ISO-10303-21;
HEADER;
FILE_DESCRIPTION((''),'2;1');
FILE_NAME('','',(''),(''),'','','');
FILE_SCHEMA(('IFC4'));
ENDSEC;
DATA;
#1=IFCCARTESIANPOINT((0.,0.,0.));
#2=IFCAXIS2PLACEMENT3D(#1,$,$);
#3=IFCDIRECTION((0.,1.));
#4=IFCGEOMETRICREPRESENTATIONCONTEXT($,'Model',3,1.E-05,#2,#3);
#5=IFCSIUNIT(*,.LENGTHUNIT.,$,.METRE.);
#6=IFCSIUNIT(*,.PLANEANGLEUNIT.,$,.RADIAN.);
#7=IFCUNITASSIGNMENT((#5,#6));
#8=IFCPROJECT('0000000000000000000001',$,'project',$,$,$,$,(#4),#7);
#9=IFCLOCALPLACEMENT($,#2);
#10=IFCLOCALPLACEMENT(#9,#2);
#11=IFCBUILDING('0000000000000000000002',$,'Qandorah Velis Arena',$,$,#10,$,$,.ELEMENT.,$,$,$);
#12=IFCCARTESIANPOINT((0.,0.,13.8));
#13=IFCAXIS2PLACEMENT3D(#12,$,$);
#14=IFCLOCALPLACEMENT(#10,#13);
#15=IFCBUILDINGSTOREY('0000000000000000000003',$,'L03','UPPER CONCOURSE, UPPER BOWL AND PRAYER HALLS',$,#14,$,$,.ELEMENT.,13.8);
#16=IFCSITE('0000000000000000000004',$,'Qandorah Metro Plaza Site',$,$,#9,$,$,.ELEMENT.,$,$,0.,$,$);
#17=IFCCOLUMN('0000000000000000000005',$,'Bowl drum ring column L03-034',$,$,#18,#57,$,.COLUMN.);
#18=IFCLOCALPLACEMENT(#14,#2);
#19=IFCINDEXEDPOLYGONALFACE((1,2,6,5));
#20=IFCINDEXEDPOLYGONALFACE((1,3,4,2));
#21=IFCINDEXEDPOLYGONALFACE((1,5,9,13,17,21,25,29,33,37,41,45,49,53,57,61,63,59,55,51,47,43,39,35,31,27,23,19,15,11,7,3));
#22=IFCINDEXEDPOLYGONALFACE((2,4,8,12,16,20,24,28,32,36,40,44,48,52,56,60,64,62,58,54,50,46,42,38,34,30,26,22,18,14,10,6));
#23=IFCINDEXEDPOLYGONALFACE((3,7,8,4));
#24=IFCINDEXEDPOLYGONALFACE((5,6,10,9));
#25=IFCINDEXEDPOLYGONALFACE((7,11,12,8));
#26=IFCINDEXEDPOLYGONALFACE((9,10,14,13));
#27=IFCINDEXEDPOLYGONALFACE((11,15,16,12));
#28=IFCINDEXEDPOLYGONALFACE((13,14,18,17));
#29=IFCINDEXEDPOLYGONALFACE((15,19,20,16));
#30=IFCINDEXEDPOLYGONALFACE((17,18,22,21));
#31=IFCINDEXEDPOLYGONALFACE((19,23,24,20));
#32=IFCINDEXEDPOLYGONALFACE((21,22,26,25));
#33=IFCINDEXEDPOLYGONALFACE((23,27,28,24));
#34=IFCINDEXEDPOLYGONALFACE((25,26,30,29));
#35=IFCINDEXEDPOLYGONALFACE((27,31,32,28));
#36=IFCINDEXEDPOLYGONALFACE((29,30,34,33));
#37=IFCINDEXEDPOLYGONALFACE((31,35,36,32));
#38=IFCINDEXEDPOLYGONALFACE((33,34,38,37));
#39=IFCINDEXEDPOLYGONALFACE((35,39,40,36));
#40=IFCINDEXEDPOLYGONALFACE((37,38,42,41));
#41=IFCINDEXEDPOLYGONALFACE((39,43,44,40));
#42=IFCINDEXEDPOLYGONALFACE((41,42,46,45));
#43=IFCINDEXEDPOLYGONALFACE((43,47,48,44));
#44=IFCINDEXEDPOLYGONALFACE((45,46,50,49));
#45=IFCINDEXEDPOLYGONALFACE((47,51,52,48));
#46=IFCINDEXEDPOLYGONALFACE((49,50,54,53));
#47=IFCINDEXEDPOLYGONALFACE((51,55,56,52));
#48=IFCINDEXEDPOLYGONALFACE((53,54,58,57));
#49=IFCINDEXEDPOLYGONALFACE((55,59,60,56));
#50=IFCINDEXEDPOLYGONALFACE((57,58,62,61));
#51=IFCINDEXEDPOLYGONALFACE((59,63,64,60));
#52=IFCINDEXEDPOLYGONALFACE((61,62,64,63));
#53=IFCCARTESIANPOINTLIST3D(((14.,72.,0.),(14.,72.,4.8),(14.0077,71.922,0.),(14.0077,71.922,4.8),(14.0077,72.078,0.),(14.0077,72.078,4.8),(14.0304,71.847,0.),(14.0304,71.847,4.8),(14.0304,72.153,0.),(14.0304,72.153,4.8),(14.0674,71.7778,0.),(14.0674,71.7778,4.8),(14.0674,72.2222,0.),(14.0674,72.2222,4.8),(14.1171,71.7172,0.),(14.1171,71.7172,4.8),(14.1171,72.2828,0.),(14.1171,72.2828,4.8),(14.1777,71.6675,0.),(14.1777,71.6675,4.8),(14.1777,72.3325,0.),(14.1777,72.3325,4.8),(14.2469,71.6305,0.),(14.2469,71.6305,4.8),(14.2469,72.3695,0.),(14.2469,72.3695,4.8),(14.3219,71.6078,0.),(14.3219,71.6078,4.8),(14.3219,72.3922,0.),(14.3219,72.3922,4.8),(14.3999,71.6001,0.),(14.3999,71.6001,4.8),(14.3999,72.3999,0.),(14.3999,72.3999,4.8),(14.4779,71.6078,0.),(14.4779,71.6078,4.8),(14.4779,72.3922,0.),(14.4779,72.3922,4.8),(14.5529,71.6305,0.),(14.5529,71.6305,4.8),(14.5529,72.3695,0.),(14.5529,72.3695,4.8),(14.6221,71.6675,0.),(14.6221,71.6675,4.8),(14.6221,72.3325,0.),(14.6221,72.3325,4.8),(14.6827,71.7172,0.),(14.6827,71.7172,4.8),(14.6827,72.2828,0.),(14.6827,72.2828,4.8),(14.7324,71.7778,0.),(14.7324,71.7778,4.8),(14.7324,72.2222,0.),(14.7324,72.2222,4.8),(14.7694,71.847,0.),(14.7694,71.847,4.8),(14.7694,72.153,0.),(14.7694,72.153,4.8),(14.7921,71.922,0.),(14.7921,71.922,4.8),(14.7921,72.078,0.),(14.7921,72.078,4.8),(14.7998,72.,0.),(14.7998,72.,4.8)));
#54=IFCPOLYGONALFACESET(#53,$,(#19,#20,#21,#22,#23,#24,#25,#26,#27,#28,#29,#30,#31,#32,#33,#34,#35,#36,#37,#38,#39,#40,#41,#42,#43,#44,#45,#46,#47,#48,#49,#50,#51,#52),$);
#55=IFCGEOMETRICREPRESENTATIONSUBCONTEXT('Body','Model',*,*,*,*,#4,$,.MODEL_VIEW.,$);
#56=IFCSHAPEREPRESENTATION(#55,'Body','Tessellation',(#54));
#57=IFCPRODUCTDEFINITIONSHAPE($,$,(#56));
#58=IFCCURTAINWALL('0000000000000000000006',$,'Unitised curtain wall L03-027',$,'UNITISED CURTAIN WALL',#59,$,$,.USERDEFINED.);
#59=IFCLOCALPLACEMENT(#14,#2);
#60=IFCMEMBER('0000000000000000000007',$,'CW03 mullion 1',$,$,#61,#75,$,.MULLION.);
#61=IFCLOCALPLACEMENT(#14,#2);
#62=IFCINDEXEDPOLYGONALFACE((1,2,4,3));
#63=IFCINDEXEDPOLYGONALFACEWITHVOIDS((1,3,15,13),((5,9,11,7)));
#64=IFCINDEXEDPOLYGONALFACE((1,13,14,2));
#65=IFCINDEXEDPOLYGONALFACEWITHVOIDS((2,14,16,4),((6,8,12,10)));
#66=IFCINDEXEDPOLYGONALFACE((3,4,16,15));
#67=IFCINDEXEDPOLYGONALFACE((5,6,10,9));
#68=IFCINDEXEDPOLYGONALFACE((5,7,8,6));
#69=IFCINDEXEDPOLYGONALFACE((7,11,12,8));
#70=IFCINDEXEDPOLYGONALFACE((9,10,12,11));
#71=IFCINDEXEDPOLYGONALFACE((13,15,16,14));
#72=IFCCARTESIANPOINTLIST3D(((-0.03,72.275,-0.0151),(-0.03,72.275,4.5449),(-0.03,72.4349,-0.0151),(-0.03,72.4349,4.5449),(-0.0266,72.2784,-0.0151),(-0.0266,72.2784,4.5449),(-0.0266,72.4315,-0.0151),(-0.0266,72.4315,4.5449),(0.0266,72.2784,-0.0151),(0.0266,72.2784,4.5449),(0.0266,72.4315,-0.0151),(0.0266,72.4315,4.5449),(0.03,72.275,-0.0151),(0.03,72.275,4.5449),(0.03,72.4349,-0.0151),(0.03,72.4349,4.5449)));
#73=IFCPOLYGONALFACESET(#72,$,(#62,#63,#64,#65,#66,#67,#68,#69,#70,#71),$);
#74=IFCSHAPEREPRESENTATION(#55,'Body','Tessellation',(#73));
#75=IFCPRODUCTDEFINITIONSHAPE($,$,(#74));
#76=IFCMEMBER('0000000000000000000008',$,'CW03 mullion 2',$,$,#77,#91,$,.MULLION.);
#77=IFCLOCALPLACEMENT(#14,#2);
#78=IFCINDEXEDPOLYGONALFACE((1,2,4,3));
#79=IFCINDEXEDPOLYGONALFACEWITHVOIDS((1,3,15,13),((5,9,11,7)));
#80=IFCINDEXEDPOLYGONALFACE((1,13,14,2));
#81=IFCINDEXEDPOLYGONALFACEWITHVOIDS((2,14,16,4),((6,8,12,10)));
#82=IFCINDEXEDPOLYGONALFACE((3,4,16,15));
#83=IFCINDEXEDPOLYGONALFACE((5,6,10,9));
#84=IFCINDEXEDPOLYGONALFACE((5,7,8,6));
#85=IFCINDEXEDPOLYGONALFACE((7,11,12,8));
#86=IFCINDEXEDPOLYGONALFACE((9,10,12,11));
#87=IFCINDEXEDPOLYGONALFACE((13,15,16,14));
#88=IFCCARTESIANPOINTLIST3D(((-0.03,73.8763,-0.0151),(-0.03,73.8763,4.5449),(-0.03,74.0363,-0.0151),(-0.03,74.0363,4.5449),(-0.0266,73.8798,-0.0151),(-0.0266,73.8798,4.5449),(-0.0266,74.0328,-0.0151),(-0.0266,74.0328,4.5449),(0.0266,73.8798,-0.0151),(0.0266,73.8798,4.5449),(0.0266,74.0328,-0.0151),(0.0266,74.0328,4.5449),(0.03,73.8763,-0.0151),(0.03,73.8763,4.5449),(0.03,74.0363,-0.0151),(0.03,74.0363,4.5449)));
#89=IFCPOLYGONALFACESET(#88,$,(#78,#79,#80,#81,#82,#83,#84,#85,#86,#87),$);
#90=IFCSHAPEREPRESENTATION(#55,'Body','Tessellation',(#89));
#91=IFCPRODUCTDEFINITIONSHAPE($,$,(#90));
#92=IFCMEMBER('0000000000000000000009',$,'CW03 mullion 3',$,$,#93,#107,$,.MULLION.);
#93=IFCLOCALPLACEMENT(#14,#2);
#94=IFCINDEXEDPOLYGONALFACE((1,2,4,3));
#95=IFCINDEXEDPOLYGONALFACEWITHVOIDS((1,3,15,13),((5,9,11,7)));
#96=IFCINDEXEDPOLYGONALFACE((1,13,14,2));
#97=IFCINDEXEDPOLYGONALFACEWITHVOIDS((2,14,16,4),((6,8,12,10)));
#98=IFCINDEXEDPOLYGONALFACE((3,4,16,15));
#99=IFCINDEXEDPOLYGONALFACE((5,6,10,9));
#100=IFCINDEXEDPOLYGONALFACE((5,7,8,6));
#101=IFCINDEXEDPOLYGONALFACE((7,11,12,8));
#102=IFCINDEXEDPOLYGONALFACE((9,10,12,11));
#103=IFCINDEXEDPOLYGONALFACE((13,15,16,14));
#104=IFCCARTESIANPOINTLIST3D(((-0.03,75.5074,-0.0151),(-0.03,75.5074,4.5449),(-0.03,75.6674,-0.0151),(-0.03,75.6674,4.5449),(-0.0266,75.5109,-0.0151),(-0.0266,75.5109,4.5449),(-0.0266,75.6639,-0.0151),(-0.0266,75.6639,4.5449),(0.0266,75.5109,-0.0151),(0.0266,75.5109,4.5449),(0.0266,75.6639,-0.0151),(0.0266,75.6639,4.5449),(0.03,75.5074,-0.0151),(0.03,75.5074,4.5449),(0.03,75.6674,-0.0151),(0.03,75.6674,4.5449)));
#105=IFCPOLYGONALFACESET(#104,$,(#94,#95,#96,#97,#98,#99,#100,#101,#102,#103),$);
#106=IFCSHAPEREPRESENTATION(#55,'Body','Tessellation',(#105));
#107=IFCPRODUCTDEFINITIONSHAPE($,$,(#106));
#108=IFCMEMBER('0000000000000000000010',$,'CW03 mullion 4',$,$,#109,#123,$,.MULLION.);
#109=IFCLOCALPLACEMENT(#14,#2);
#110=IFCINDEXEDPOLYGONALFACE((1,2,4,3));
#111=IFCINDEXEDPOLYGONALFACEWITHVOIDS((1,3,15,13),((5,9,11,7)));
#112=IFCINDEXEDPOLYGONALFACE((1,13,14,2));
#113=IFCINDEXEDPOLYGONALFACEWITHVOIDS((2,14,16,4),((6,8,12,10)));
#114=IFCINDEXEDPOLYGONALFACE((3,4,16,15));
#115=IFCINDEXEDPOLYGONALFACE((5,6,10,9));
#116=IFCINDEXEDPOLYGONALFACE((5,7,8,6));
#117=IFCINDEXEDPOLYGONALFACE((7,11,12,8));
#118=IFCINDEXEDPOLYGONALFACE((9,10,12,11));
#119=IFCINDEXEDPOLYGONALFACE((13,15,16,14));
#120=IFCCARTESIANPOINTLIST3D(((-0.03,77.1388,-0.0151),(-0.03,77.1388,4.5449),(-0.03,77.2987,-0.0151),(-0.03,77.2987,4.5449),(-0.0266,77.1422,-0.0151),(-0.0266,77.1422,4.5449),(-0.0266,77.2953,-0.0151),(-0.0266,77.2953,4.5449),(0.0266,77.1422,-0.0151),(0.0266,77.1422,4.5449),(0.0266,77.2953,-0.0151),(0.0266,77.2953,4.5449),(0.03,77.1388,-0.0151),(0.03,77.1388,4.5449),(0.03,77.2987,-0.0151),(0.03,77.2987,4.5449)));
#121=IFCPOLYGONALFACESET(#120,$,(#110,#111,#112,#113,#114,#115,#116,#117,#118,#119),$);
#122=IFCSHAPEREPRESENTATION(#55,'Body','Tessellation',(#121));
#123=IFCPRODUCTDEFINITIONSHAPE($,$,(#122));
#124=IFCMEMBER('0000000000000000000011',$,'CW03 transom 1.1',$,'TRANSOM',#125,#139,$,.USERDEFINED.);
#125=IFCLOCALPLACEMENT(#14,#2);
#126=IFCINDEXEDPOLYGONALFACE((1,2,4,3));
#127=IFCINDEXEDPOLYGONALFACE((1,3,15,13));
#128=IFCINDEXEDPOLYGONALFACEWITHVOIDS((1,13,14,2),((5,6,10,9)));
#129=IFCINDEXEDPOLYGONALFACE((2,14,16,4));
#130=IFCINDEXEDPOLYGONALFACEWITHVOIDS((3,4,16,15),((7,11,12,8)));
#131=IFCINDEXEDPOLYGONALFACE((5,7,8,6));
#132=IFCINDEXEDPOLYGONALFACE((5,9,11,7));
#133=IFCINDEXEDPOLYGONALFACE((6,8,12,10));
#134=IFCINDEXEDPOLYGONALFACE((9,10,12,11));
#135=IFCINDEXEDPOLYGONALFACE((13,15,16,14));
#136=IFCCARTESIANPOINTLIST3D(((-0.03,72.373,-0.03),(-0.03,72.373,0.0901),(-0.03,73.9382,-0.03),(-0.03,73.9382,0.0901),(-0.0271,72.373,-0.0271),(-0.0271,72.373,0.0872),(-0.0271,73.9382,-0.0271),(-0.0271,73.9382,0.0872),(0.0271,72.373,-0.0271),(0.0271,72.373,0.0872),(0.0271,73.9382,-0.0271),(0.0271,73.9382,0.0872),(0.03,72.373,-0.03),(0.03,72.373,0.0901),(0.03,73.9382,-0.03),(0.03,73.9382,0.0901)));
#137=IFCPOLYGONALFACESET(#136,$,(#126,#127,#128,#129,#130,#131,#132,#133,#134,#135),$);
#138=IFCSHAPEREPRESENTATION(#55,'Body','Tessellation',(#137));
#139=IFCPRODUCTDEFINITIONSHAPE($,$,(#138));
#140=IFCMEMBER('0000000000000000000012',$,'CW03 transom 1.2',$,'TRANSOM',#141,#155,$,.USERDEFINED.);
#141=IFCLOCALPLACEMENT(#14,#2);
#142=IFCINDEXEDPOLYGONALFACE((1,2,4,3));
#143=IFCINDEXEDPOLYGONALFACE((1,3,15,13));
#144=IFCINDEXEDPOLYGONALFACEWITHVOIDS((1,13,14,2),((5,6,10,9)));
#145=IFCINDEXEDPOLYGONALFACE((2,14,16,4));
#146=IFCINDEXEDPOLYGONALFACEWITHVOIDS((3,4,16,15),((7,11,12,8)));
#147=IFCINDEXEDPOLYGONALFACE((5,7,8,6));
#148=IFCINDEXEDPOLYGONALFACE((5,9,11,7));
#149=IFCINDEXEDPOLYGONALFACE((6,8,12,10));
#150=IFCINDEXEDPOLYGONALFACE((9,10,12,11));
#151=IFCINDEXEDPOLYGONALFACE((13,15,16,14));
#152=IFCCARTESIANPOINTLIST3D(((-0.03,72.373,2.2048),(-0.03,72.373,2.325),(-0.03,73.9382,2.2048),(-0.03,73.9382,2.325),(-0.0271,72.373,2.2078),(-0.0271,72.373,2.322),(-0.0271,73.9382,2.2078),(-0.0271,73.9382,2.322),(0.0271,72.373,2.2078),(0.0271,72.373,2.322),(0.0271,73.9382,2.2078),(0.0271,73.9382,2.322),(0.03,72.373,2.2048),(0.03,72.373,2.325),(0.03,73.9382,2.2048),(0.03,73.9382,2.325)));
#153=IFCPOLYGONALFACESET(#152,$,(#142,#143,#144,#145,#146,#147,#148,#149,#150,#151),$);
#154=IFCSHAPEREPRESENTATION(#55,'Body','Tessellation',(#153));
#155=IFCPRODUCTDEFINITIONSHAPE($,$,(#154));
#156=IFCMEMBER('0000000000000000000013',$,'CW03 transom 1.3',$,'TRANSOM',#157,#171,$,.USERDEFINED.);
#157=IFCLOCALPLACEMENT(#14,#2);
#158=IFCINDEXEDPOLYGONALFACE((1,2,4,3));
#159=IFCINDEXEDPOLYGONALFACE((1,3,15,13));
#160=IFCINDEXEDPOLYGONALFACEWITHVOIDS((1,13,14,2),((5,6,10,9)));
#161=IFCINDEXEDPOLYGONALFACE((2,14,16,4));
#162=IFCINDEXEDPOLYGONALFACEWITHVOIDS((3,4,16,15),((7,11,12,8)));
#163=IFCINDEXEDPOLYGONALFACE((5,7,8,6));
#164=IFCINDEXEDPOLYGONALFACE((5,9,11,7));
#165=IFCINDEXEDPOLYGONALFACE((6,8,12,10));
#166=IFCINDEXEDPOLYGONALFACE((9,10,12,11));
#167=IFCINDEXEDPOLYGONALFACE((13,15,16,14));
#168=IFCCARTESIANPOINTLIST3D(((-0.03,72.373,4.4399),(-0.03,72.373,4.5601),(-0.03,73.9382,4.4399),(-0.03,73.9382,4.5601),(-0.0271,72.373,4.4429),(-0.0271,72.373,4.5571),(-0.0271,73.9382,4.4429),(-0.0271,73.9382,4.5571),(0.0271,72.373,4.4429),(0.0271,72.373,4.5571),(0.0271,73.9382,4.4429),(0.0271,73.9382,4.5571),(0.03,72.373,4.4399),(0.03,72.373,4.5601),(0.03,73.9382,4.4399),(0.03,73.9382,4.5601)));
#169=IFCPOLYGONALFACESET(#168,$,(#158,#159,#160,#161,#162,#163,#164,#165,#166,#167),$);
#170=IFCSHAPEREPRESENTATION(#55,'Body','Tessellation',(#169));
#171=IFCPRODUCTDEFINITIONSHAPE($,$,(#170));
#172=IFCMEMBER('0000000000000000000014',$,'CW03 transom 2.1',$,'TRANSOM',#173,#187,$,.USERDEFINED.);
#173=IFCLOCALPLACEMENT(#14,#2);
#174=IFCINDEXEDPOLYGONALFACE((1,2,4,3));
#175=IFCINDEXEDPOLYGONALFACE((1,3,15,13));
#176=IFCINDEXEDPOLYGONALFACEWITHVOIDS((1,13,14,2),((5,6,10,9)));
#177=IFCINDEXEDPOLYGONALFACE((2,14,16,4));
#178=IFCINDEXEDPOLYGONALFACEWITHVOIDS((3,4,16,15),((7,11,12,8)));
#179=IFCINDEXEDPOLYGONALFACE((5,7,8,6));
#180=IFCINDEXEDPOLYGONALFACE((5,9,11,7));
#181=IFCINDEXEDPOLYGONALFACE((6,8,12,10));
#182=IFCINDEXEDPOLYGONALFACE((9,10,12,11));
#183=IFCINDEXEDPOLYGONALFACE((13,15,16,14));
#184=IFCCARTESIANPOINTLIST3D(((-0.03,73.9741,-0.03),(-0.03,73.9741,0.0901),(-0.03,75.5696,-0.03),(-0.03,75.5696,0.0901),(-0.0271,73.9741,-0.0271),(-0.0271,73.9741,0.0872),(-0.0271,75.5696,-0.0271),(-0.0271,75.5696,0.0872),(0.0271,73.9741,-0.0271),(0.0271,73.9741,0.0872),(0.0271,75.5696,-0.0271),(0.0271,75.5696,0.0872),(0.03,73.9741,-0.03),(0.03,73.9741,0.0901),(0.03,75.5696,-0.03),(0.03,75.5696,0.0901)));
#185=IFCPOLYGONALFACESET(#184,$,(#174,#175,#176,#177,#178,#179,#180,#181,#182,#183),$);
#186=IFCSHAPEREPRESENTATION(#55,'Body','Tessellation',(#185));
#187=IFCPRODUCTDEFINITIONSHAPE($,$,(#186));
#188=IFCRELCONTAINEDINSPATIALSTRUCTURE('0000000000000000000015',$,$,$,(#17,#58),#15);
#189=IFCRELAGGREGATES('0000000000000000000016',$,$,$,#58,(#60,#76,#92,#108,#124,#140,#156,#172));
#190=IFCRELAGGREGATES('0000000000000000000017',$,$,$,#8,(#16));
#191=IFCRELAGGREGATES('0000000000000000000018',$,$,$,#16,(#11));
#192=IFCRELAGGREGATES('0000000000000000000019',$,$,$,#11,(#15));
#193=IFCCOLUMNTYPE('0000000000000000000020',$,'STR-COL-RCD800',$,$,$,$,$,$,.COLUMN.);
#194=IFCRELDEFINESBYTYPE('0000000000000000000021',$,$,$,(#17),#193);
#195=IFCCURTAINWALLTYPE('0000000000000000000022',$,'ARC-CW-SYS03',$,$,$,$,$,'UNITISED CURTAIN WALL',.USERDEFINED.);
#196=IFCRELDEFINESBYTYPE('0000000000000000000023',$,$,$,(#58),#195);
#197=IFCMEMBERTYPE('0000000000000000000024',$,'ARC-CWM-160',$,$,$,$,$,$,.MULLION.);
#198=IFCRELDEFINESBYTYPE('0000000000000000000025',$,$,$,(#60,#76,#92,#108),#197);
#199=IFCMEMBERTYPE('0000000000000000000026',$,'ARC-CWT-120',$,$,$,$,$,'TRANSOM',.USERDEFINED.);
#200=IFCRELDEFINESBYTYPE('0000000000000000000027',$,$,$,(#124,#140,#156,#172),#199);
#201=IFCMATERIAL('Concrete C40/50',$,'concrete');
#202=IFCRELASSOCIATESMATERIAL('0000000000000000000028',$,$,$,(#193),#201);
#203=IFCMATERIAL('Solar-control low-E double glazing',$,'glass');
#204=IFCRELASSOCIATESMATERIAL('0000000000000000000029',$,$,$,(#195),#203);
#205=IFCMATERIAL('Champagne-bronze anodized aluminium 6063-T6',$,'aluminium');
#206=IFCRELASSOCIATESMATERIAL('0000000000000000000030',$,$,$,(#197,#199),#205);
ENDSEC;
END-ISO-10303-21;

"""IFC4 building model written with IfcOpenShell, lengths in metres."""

from ifc_helpers import new_model, si_unit, direction, frame, origin, origin_2d, place, context, subcontext, project, spatial, hollow_rectangle, circle, extrude, material, material_profile, profile_set, type_object, element, aggregate, save


model = new_model("IFC4")

# Units and contexts
model_context = context("Model", 3, precision=1e-05, world=origin(), true_north=direction((0.0, 1.0)))
body_context = subcontext(model_context, "Body", "Model", "MODEL_VIEW")
ifc_project = project(units=[si_unit("LENGTHUNIT", "METRE"), si_unit("PLANEANGLEUNIT", "RADIAN")], contexts=[model_context])

# Site, building, storey
site_placement = place(None, origin())
site = spatial("IfcSite", under=ifc_project, at=site_placement, Name="Qandorah Metro Plaza Site", CompositionType="ELEMENT", RefElevation=0.0)
building_placement = place(site_placement, origin())
building = spatial("IfcBuilding", under=site, at=building_placement, Name="Qandorah Velis Arena", CompositionType="ELEMENT")
storey_placement = place(building_placement, frame((0.0, 0.0, 13.8)))
storey = spatial("IfcBuildingStorey", under=building, at=storey_placement, Name="L03", Description="UPPER CONCOURSE, UPPER BOWL AND PRAYER HALLS", CompositionType="ELEMENT", Elevation=13.8)

# Column
ifc_material_1 = material(Name="Concrete C40/50", Category="concrete")
ifc_material_profile_1 = material_profile(ifc_material_1, circle(Radius=0.3999, at=origin_2d()), Name="RC D800")
ifc_profile_set_1 = profile_set([ifc_material_profile_1], Name="Concrete C40/50")
column_type = type_object("IfcColumnType", Name="STR-COL-RCD800", PredefinedType="COLUMN", material=ifc_profile_set_1)
column_placement = place(storey_placement, frame((14.3999, 72.0, 0.0), z_axis=(0.0, 0.0, 1.0), x_axis=(1.0, 0.0, 0.0)))
element("IfcColumn", 1, at=column_placement, inside=storey, type_object=column_type, Name="Bowl drum ring column L03-034", PredefinedType="COLUMN", context=body_context, shape_type="SweptSolid", body=[
    extrude(circle(Radius=0.3999, at=origin_2d()), origin(), (0.0, 0.0, 1.0), 4.8),
])

# Curtain wall, members
ifc_material_2 = material(Name="Solar-control low-E double glazing", Category="glass")
curtain_wall_type = type_object("IfcCurtainWallType", Name="ARC-CW-SYS03", ElementType="UNITISED CURTAIN WALL", PredefinedType="USERDEFINED", material=ifc_material_2)
curtain_wall_placement = place(storey_placement, origin())
curtain_wall = element("IfcCurtainWall", 2, at=curtain_wall_placement, inside=storey, type_object=curtain_wall_type, Name="Unitised curtain wall L03-027", ObjectType="UNITISED CURTAIN WALL", PredefinedType="USERDEFINED")
ifc_material_3 = material(Name="Champagne-bronze anodized aluminium 6063-T6", Category="aluminium")
ifc_material_profile_2 = material_profile(ifc_material_3, hollow_rectangle(XDim=0.0601, YDim=0.1599, WallThickness=0.0034, at=origin_2d()), Name="ALU MULLION 60x160")
ifc_profile_set_2 = profile_set([ifc_material_profile_2], Name="Champagne-bronze anodized aluminium 6063-T6")
member_type_1 = type_object("IfcMemberType", Name="ARC-CWM-160", PredefinedType="MULLION", material=ifc_profile_set_2)
member_1_placement = place(storey_placement, frame((0.0, 72.355, -0.0151), z_axis=(0.0, 0.0, 1.0), x_axis=(-1.0, 0.0, 0.0)))
member_1 = element("IfcMember", 3, at=member_1_placement, type_object=member_type_1, Name="CW03 mullion 1", PredefinedType="MULLION", context=body_context, shape_type="SweptSolid", body=[
    extrude(hollow_rectangle(XDim=0.0601, YDim=0.1599, WallThickness=0.0034, at=origin_2d()), origin(), (0.0, 0.0, 1.0), 4.5601),
])
member_2_placement = place(storey_placement, frame((0.0, 73.9563, -0.0151), z_axis=(0.0, 0.0, 1.0), x_axis=(-1.0, 0.0, 0.0)))
member_2 = element("IfcMember", 4, at=member_2_placement, type_object=member_type_1, Name="CW03 mullion 2", PredefinedType="MULLION", context=body_context, shape_type="SweptSolid", body=[
    extrude(hollow_rectangle(XDim=0.0601, YDim=0.1599, WallThickness=0.0034, at=origin_2d()), origin(), (0.0, 0.0, 1.0), 4.5601),
])
member_3_placement = place(storey_placement, frame((0.0, 75.5874, -0.0151), z_axis=(0.0, 0.0, 1.0), x_axis=(-1.0, 0.0, 0.0)))
member_3 = element("IfcMember", 5, at=member_3_placement, type_object=member_type_1, Name="CW03 mullion 3", PredefinedType="MULLION", context=body_context, shape_type="SweptSolid", body=[
    extrude(hollow_rectangle(XDim=0.0601, YDim=0.1599, WallThickness=0.0034, at=origin_2d()), origin(), (0.0, 0.0, 1.0), 4.5601),
])
member_4_placement = place(storey_placement, frame((0.0, 77.2188, -0.0151), z_axis=(0.0, 0.0, 1.0), x_axis=(-1.0, 0.0, 0.0)))
member_4 = element("IfcMember", 6, at=member_4_placement, type_object=member_type_1, Name="CW03 mullion 4", PredefinedType="MULLION", context=body_context, shape_type="SweptSolid", body=[
    extrude(hollow_rectangle(XDim=0.0601, YDim=0.1599, WallThickness=0.0034, at=origin_2d()), origin(), (0.0, 0.0, 1.0), 4.5601),
])
ifc_material_profile_3 = material_profile(ifc_material_3, hollow_rectangle(XDim=0.0601, YDim=0.1201, WallThickness=0.0029, at=origin_2d()), Name="ALU TRANSOM 60x120")
ifc_profile_set_3 = profile_set([ifc_material_profile_3], Name="Champagne-bronze anodized aluminium 6063-T6")
member_type_2 = type_object("IfcMemberType", Name="ARC-CWT-120", ElementType="TRANSOM", PredefinedType="USERDEFINED", material=ifc_profile_set_3)
member_5_placement = place(storey_placement, frame((0.0, 72.373, 0.03), z_axis=(0.0, 1.0, 0.0), x_axis=(-1.0, 0.0, 0.0)))
member_5 = element("IfcMember", 7, at=member_5_placement, type_object=member_type_2, Name="CW03 transom 1.1", ObjectType="TRANSOM", PredefinedType="USERDEFINED", context=body_context, shape_type="SweptSolid", body=[
    extrude(hollow_rectangle(XDim=0.0601, YDim=0.1201, WallThickness=0.0029, at=origin_2d()), origin(), (0.0, 0.0, 1.0), 1.5652),
])
member_6_placement = place(storey_placement, frame((0.0, 72.373, 2.2649), z_axis=(0.0, 1.0, 0.0), x_axis=(-1.0, 0.0, 0.0)))
member_6 = element("IfcMember", 8, at=member_6_placement, type_object=member_type_2, Name="CW03 transom 1.2", ObjectType="TRANSOM", PredefinedType="USERDEFINED", context=body_context, shape_type="SweptSolid", body=[
    extrude(hollow_rectangle(XDim=0.0601, YDim=0.1201, WallThickness=0.0029, at=origin_2d()), origin(), (0.0, 0.0, 1.0), 1.5652),
])
member_7_placement = place(storey_placement, frame((0.0, 72.373, 4.5), z_axis=(0.0, 1.0, 0.0), x_axis=(-1.0, 0.0, 0.0)))
member_7 = element("IfcMember", 9, at=member_7_placement, type_object=member_type_2, Name="CW03 transom 1.3", ObjectType="TRANSOM", PredefinedType="USERDEFINED", context=body_context, shape_type="SweptSolid", body=[
    extrude(hollow_rectangle(XDim=0.0601, YDim=0.1201, WallThickness=0.0029, at=origin_2d()), origin(), (0.0, 0.0, 1.0), 1.5652),
])
member_8_placement = place(storey_placement, frame((0.0, 73.9741, 0.03), z_axis=(0.0, 1.0, 0.0), x_axis=(-1.0, 0.0, 0.0)))
member_8 = element("IfcMember", 10, at=member_8_placement, type_object=member_type_2, Name="CW03 transom 2.1", ObjectType="TRANSOM", PredefinedType="USERDEFINED", context=body_context, shape_type="SweptSolid", body=[
    extrude(hollow_rectangle(XDim=0.0601, YDim=0.1201, WallThickness=0.0029, at=origin_2d()), origin(), (0.0, 0.0, 1.0), 1.5955),
])

aggregate(curtain_wall, [member_1, member_2, member_3, member_4, member_5, member_6, member_7, member_8])

save(model, "model.ifc")
